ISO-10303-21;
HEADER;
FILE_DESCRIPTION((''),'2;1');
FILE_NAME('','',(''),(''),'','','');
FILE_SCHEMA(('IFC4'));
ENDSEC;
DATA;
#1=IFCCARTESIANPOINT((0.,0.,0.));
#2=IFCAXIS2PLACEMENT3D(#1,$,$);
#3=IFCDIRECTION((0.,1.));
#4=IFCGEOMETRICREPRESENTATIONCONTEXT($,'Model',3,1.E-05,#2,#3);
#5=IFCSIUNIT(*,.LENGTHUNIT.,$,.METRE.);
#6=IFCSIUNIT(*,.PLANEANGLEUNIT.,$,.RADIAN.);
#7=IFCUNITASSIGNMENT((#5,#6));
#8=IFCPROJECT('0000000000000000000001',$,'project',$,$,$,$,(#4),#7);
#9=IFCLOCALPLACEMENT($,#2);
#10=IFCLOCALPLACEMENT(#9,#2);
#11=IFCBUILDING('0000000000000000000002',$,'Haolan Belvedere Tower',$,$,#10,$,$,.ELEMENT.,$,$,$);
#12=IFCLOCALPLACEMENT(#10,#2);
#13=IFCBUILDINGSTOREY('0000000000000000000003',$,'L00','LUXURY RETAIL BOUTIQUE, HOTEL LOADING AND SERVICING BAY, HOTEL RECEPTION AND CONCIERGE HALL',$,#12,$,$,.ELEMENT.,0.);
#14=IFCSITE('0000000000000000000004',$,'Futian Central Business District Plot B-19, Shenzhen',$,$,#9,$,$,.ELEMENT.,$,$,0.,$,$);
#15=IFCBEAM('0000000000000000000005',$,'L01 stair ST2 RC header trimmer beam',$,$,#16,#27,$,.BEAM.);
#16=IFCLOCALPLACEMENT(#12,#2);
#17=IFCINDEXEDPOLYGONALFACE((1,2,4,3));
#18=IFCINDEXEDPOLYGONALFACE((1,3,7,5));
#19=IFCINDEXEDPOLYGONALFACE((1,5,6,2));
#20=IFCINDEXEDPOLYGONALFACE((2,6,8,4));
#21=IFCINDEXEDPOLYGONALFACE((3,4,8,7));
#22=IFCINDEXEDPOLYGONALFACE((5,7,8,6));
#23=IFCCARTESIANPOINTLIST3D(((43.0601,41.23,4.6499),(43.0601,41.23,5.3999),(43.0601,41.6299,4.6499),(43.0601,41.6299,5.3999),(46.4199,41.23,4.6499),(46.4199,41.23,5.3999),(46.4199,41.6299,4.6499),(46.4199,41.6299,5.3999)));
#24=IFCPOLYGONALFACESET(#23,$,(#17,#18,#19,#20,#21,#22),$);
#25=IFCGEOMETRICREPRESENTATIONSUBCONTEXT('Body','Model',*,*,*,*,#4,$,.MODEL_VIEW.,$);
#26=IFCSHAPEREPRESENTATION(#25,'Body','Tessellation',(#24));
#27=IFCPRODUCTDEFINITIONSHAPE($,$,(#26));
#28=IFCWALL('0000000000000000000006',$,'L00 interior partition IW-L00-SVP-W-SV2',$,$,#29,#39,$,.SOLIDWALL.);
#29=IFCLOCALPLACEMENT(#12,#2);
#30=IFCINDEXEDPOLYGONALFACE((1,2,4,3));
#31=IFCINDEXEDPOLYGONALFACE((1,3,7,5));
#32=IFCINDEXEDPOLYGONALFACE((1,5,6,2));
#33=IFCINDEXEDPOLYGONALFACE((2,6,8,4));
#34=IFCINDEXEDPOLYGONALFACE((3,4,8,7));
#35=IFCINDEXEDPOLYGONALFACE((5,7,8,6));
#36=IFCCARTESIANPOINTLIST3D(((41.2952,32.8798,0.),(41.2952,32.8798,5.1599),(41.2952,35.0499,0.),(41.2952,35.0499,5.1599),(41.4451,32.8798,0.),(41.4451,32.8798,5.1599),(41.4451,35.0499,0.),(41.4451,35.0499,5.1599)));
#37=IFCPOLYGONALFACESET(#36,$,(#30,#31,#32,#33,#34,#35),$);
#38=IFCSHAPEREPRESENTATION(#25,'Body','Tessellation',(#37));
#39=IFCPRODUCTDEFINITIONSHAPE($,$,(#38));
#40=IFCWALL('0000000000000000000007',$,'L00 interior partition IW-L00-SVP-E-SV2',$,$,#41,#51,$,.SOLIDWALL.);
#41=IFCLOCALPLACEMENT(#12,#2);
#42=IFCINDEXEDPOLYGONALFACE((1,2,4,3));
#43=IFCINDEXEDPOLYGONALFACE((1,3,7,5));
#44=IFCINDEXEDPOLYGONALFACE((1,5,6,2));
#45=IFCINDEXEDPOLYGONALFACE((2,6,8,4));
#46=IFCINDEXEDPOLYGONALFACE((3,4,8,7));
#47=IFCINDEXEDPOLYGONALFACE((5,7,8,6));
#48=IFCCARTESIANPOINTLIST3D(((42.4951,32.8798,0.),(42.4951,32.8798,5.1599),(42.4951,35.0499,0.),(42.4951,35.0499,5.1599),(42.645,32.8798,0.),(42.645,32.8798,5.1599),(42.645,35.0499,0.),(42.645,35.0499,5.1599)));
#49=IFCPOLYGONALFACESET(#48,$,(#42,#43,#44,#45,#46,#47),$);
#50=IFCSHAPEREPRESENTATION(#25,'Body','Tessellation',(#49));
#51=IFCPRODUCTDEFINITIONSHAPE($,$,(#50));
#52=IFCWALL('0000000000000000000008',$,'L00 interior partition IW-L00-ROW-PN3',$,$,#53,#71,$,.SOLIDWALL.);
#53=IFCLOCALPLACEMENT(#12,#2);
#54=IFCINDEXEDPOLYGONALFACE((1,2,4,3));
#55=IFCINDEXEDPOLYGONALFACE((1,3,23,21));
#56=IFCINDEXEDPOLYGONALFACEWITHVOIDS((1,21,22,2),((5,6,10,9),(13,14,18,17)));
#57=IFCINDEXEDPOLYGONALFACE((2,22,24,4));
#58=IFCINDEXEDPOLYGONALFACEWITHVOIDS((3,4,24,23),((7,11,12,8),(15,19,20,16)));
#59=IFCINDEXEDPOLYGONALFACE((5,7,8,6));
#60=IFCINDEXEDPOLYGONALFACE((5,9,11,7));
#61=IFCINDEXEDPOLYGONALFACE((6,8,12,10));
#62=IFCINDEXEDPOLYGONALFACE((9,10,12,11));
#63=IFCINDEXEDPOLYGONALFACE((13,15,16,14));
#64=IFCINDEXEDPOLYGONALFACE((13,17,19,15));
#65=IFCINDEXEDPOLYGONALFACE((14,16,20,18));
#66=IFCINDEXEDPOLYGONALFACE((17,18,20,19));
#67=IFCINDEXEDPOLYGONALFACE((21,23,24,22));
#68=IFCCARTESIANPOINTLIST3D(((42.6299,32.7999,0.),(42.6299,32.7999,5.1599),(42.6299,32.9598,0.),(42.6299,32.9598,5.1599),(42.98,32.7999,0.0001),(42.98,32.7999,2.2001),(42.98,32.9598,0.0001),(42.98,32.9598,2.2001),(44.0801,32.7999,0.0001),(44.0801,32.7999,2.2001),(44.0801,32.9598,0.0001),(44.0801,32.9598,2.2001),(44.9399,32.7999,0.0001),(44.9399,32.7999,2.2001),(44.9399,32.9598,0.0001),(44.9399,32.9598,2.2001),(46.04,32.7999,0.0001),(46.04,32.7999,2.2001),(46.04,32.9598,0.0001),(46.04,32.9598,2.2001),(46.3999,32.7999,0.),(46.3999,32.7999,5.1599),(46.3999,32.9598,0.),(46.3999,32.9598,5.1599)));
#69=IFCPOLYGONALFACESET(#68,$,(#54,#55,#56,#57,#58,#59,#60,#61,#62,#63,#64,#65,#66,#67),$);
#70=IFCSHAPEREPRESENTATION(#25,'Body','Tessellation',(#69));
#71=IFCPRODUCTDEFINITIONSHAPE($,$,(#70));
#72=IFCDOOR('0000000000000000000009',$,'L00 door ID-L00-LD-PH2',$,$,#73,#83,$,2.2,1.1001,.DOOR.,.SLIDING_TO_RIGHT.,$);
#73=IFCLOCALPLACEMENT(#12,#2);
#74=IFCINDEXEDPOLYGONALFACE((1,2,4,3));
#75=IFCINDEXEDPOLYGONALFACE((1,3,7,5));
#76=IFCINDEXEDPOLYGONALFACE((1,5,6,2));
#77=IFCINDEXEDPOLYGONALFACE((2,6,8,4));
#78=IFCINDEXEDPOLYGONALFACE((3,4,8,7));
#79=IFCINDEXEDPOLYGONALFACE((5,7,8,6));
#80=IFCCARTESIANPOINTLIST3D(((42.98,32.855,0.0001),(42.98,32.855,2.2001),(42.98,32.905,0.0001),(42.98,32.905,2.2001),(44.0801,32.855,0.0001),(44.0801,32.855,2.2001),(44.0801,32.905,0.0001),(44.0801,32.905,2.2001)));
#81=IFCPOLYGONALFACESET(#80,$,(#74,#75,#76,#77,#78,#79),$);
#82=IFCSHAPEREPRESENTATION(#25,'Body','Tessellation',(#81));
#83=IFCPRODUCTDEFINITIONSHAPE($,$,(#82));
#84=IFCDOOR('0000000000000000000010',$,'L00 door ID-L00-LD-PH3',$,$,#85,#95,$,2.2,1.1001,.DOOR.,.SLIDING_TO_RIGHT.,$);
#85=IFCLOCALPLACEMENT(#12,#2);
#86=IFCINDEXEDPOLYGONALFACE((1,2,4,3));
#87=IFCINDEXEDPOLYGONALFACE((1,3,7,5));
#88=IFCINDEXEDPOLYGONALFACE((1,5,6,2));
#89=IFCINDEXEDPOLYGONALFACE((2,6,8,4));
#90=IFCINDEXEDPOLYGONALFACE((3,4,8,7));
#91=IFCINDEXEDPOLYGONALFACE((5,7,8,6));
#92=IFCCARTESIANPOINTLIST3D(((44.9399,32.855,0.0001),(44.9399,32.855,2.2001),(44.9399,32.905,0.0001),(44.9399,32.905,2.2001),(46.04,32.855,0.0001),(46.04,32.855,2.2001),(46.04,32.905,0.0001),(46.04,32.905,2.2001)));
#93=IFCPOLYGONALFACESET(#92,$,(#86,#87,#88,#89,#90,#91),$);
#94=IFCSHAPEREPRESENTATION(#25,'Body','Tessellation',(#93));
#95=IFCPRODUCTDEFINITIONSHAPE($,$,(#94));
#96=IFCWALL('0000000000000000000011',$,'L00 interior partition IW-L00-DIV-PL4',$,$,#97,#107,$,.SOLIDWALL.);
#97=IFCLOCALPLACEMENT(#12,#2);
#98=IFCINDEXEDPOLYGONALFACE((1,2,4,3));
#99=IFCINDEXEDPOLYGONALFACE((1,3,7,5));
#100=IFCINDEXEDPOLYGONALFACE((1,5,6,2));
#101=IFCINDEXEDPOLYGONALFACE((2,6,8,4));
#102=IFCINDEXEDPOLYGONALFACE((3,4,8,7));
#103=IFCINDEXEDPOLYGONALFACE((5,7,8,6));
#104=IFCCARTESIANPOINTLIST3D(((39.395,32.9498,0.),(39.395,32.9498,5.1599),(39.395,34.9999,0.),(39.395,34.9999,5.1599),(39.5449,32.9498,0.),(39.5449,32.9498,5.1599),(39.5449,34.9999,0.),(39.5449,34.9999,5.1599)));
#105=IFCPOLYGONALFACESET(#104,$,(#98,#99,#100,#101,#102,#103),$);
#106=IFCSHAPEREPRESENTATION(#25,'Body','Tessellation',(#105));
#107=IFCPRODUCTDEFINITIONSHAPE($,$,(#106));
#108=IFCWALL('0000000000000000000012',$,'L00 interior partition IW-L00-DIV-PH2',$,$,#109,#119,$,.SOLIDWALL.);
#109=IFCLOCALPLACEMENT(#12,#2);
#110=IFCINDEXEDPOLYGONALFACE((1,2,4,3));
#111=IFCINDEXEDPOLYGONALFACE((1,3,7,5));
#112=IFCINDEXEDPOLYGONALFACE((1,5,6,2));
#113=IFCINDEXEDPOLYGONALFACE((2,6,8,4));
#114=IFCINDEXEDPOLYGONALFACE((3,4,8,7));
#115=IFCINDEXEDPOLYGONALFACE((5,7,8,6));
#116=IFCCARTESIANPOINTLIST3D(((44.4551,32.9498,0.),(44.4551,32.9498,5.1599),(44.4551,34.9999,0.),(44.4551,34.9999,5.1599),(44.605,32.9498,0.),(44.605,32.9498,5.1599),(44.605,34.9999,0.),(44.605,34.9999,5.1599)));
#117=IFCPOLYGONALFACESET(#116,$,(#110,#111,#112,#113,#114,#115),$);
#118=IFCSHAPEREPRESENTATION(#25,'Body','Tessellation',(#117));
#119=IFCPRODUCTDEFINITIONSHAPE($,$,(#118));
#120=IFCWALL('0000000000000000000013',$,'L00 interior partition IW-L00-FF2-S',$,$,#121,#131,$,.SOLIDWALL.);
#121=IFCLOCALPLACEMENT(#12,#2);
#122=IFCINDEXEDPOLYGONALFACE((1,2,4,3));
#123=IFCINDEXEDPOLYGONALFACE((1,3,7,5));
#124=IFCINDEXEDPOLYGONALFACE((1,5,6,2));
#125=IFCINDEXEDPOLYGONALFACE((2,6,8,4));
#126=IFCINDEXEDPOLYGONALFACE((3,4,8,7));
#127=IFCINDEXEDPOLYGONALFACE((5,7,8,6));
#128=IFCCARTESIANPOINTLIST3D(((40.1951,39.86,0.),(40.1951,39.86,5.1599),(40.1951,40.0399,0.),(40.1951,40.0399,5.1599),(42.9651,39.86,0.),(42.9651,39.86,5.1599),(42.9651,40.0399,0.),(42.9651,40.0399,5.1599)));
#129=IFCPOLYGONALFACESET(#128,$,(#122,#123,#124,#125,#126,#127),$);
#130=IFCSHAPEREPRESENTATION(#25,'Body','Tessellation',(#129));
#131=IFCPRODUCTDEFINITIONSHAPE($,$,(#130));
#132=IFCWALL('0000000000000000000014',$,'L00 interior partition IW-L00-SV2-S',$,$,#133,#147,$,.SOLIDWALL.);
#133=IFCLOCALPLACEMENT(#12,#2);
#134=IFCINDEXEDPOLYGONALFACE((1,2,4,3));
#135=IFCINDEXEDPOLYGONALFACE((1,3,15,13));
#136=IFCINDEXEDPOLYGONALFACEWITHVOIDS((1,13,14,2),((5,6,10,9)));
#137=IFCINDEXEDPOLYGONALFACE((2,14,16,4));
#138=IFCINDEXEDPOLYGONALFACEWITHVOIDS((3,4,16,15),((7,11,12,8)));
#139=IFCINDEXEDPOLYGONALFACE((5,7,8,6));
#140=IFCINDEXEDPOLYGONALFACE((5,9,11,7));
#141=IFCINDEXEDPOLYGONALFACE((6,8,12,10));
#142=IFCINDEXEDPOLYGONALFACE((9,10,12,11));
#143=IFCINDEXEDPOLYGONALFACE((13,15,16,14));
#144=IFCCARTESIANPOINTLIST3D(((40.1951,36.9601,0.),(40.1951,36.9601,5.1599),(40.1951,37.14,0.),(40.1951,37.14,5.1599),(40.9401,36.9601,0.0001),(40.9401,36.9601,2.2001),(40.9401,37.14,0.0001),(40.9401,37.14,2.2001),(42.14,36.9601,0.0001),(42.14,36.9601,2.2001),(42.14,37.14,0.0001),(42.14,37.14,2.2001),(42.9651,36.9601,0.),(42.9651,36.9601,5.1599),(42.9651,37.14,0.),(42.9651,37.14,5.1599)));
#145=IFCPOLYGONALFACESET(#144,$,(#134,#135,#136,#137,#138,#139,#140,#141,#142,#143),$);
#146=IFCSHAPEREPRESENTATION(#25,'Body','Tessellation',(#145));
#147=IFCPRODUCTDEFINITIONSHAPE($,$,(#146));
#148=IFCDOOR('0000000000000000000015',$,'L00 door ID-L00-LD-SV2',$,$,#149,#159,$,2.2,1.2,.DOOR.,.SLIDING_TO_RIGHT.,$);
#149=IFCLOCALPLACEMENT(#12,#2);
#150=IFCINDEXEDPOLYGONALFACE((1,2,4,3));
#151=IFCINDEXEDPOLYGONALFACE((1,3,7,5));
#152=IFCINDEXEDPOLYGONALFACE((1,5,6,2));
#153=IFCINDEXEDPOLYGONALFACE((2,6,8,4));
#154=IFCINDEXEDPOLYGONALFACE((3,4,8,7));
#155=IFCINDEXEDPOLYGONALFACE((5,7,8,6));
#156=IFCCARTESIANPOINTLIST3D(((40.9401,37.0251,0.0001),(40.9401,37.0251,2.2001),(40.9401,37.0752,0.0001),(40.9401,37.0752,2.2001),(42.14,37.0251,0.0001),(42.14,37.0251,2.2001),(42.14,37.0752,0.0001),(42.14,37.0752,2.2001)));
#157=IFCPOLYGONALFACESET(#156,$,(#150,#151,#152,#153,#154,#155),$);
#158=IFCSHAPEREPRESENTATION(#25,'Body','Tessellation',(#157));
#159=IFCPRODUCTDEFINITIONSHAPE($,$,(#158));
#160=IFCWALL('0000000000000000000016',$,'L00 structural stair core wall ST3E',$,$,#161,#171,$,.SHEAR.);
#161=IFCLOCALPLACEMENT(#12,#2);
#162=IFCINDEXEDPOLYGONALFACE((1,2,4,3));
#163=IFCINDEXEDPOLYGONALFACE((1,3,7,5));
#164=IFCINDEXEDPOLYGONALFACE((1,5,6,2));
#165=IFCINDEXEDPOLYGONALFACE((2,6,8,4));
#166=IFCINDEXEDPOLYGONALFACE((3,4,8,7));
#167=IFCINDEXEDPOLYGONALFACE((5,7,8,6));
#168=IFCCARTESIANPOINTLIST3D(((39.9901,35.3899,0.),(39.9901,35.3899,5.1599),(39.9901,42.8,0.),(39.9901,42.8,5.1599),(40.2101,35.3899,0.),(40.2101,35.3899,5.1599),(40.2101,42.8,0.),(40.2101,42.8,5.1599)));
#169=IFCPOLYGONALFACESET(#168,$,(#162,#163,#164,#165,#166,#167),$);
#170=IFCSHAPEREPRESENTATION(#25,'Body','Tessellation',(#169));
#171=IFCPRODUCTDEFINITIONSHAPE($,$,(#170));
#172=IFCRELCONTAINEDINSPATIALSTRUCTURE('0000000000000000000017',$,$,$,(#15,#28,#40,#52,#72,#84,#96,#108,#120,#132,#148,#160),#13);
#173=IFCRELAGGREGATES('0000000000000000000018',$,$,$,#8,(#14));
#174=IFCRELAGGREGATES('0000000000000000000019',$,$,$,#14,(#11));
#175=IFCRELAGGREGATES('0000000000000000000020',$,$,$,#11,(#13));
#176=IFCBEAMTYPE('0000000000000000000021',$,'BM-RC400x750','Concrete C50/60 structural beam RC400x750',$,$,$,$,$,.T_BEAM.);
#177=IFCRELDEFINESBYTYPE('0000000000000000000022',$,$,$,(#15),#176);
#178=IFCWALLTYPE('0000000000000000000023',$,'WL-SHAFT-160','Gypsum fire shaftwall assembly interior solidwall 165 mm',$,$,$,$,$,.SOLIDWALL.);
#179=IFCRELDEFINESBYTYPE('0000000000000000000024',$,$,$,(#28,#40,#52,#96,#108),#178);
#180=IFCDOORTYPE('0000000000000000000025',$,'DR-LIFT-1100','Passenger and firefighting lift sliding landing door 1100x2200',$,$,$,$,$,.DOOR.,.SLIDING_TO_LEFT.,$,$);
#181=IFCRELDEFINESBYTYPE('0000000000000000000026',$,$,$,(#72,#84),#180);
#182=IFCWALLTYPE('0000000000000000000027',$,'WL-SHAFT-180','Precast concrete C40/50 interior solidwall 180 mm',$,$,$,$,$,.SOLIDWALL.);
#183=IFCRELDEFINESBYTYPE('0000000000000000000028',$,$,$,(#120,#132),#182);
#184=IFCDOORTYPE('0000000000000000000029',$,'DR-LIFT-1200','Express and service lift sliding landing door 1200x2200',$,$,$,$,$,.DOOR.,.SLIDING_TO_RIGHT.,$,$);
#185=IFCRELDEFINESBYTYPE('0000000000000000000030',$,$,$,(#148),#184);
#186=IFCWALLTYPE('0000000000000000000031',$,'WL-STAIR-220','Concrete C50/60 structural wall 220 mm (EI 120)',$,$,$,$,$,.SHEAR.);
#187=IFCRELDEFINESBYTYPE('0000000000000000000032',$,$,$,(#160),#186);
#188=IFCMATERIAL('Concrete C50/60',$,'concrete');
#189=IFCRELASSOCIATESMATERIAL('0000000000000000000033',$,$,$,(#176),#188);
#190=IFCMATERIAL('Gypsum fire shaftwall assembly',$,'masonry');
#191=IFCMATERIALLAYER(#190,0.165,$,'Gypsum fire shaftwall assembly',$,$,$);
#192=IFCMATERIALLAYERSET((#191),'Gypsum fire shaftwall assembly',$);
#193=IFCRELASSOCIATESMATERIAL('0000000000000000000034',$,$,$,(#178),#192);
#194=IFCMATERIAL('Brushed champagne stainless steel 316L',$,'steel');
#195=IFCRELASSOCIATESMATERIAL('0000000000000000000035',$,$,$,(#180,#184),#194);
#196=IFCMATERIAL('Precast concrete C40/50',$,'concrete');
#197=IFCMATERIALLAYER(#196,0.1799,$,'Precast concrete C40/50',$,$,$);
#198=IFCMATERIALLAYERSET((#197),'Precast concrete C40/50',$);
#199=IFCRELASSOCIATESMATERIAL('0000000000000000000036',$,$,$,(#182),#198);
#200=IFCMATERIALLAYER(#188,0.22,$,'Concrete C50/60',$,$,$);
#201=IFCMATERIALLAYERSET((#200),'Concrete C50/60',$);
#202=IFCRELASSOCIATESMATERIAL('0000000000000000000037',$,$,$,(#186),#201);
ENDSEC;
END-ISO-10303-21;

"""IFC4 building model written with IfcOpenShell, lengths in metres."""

from ifc_helpers import new_model, si_unit, direction, frame, frame_2d, origin, origin_2d, place, context, subcontext, project, spatial, rectangle, extrude, material, layer, layer_set, material_profile, profile_set, type_object, element, fill, save


model = new_model("IFC4")

# Units and contexts
model_context = context("Model", 3, precision=1e-05, world=origin(), true_north=direction((0.0, 1.0)))
body_context = subcontext(model_context, "Body", "Model", "MODEL_VIEW")
ifc_project = project(units=[si_unit("LENGTHUNIT", "METRE"), si_unit("PLANEANGLEUNIT", "RADIAN")], contexts=[model_context])

# Site, building, storey
site_placement = place(None, origin())
site = spatial("IfcSite", under=ifc_project, at=site_placement, Name="Futian Central Business District Plot B-19, Shenzhen", CompositionType="ELEMENT", RefElevation=0.0)
building_placement = place(site_placement, origin())
building = spatial("IfcBuilding", under=site, at=building_placement, Name="Haolan Belvedere Tower", CompositionType="ELEMENT")
storey_placement = place(building_placement, origin())
storey = spatial("IfcBuildingStorey", under=building, at=storey_placement, Name="L00", Description="LUXURY RETAIL BOUTIQUE, HOTEL LOADING AND SERVICING BAY, HOTEL RECEPTION AND CONCIERGE HALL", CompositionType="ELEMENT", Elevation=0.0)

# Beam
ifc_material_1 = material(Name="Concrete C50/60", Category="concrete")
ifc_material_profile = material_profile(ifc_material_1, rectangle(XDim=0.3999, YDim=0.75, at=origin_2d()), Name="Concrete C50/60")
ifc_profile_set = profile_set([ifc_material_profile], Name="Concrete C50/60")
beam_type = type_object("IfcBeamType", Name="BM-RC400x750", Description="Concrete C50/60 structural beam RC400x750", PredefinedType="T_BEAM", material=ifc_profile_set)
beam_placement = place(storey_placement, frame((43.0601, 41.4299, 5.0249), z_axis=(1.0, 0.0, 0.0), x_axis=(0.0, 1.0, 0.0)))
element("IfcBeam", 1, at=beam_placement, inside=storey, type_object=beam_type, Name="L01 stair ST2 RC header trimmer beam", PredefinedType="BEAM", context=body_context, shape_type="SweptSolid", body=[
    extrude(rectangle(XDim=0.3999, YDim=0.75, at=origin_2d()), origin(), (0.0, 0.0, 1.0), 3.3599),
])

# Walls
ifc_material_2 = material(Name="Gypsum fire shaftwall assembly", Category="masonry")
ifc_layer_1 = layer(ifc_material_2, 0.165, Name="Gypsum fire shaftwall assembly")
ifc_layer_set_1 = layer_set([ifc_layer_1], Name="Gypsum fire shaftwall assembly")
wall_type_1 = type_object("IfcWallType", Name="WL-SHAFT-160", Description="Gypsum fire shaftwall assembly interior solidwall 165 mm", PredefinedType="SOLIDWALL", material=ifc_layer_set_1)
for number, where, z_axis, x_axis, name in (
    (2, (41.3701, 32.8799, 0.0), (0.0, 0.0, 1.0), (0.0, 1.0, 0.0), "L00 interior partition IW-L00-SVP-W-SV2"),
    (3, (42.5701, 32.8799, 0.0), (0.0, 0.0, 1.0), (0.0, 1.0, 0.0), "L00 interior partition IW-L00-SVP-E-SV2"),
):
    element("IfcWall", number, at=place(storey_placement, frame(where, z_axis=z_axis, x_axis=x_axis)), inside=storey, type_object=wall_type_1, Name=name, PredefinedType="SOLIDWALL", context=body_context, shape_type="SweptSolid", body=[
        extrude(rectangle(XDim=2.1702, YDim=0.1499, at=frame_2d((1.085, 0.0))), origin(), (0.0, 0.0, 1.0), 5.1599),
    ])

# Wall, openings, doors
wall_1_placement = place(storey_placement, frame((42.6299, 32.8799, 0.0), z_axis=(0.0, 0.0, 1.0), x_axis=(1.0, 0.0, 0.0)))
wall_1 = element("IfcWall", 4, at=wall_1_placement, inside=storey, type_object=wall_type_1, Name="L00 interior partition IW-L00-ROW-PN3", PredefinedType="SOLIDWALL", context=body_context, shape_type="SweptSolid", body=[
    extrude(rectangle(XDim=3.77, YDim=0.1599, at=frame_2d((1.885, 0.0))), origin(), (0.0, 0.0, 1.0), 5.1599),
])
opening_1_placement = place(wall_1_placement, frame((1.4502, 0.0, 0.0), z_axis=(0.0, 0.0, 1.0), x_axis=(-1.0, 0.0, 0.0)))
opening_1 = element("IfcOpeningElement", 5, at=opening_1_placement, cuts=wall_1, PredefinedType="OPENING", context=body_context, shape_type="SweptSolid", body=[
    extrude(rectangle(XDim=1.1001, YDim=2.2, at=frame_2d((0.55, 1.1001))), frame((0.0, 0.0898, 0.0), z_axis=(0.0, -1.0, 0.0), x_axis=(1.0, 0.0, 0.0)), (0.0, 0.0, 1.0), 0.1799),
])
opening_2_placement = place(wall_1_placement, frame((3.4102, 0.0, 0.0), z_axis=(0.0, 0.0, 1.0), x_axis=(-1.0, 0.0, 0.0)))
opening_2 = element("IfcOpeningElement", 6, at=opening_2_placement, cuts=wall_1, PredefinedType="OPENING", context=body_context, shape_type="SweptSolid", body=[
    extrude(rectangle(XDim=1.1001, YDim=2.2, at=frame_2d((0.55, 1.1001))), frame((0.0, 0.0898, 0.0), z_axis=(0.0, -1.0, 0.0), x_axis=(1.0, 0.0, 0.0)), (0.0, 0.0, 1.0), 0.1799),
])
ifc_material_3 = material(Name="Brushed champagne stainless steel 316L", Category="steel")
door_type_1 = type_object("IfcDoorType", Name="DR-LIFT-1100", Description="Passenger and firefighting lift sliding landing door 1100x2200", OperationType="SLIDING_TO_LEFT", PredefinedType="DOOR", material=ifc_material_3)
door_1_placement = place(opening_1_placement, origin())
door_1 = element("IfcDoor", 7, at=door_1_placement, inside=storey, type_object=door_type_1, Name="L00 door ID-L00-LD-PH2", OperationType="SLIDING_TO_RIGHT", OverallHeight=2.2, OverallWidth=1.1001, PredefinedType="DOOR", context=body_context, shape_type="SweptSolid", body=[
    extrude(rectangle(XDim=1.1001, YDim=2.2, at=frame_2d((0.55, 1.1001))), frame((0.0, 0.0249, 0.0), z_axis=(0.0, -1.0, 0.0), x_axis=(1.0, 0.0, 0.0)), (0.0, 0.0, 1.0), 0.05),
])
fill(opening_1, door_1)
door_2_placement = place(opening_2_placement, origin())
door_2 = element("IfcDoor", 8, at=door_2_placement, inside=storey, type_object=door_type_1, Name="L00 door ID-L00-LD-PH3", OperationType="SLIDING_TO_RIGHT", OverallHeight=2.2, OverallWidth=1.1001, PredefinedType="DOOR", context=body_context, shape_type="SweptSolid", body=[
    extrude(rectangle(XDim=1.1001, YDim=2.2, at=frame_2d((0.55, 1.1001))), frame((0.0, 0.0249, 0.0), z_axis=(0.0, -1.0, 0.0), x_axis=(1.0, 0.0, 0.0)), (0.0, 0.0, 1.0), 0.05),
])
fill(opening_2, door_2)

# Walls
for number, where, z_axis, x_axis, name in (
    (9, (39.47, 32.95, 0.0), (0.0, 0.0, 1.0), (0.0, 1.0, 0.0), "L00 interior partition IW-L00-DIV-PL4"),
    (10, (44.53, 32.95, 0.0), (0.0, 0.0, 1.0), (0.0, 1.0, 0.0), "L00 interior partition IW-L00-DIV-PH2"),
):
    element("IfcWall", number, at=place(storey_placement, frame(where, z_axis=z_axis, x_axis=x_axis)), inside=storey, type_object=wall_type_1, Name=name, PredefinedType="SOLIDWALL", context=body_context, shape_type="SweptSolid", body=[
        extrude(rectangle(XDim=2.05, YDim=0.1499, at=frame_2d((1.0249, 0.0))), origin(), (0.0, 0.0, 1.0), 5.1599),
    ])
ifc_material_4 = material(Name="Precast concrete C40/50", Category="concrete")
ifc_layer_2 = layer(ifc_material_4, 0.1799, Name="Precast concrete C40/50")
ifc_layer_set_2 = layer_set([ifc_layer_2], Name="Precast concrete C40/50")
wall_type_2 = type_object("IfcWallType", Name="WL-SHAFT-180", Description="Precast concrete C40/50 interior solidwall 180 mm", PredefinedType="SOLIDWALL", material=ifc_layer_set_2)
wall_2_placement = place(storey_placement, frame((40.1951, 39.95, 0.0), z_axis=(0.0, 0.0, 1.0), x_axis=(1.0, 0.0, 0.0)))
element("IfcWall", 11, at=wall_2_placement, inside=storey, type_object=wall_type_2, Name="L00 interior partition IW-L00-FF2-S", PredefinedType="SOLIDWALL", context=body_context, shape_type="SweptSolid", body=[
    extrude(rectangle(XDim=2.77, YDim=0.1799, at=frame_2d((1.385, 0.0))), origin(), (0.0, 0.0, 1.0), 5.1599),
])

# Wall, opening, door
wall_3_placement = place(storey_placement, frame((40.1951, 37.05, 0.0), z_axis=(0.0, 0.0, 1.0), x_axis=(1.0, 0.0, 0.0)))
wall_3 = element("IfcWall", 12, at=wall_3_placement, inside=storey, type_object=wall_type_2, Name="L00 interior partition IW-L00-SV2-S", PredefinedType="SOLIDWALL", context=body_context, shape_type="SweptSolid", body=[
    extrude(rectangle(XDim=2.77, YDim=0.1799, at=frame_2d((1.385, 0.0))), origin(), (0.0, 0.0, 1.0), 5.1599),
])
opening_3_placement = place(wall_3_placement, frame((1.9451, 0.0, 0.0), z_axis=(0.0, 0.0, 1.0), x_axis=(-1.0, 0.0, 0.0)))
opening_3 = element("IfcOpeningElement", 13, at=opening_3_placement, cuts=wall_3, PredefinedType="OPENING", context=body_context, shape_type="SweptSolid", body=[
    extrude(rectangle(XDim=1.2, YDim=2.2, at=frame_2d((0.6001, 1.1001))), frame((0.0, 0.0999, 0.0), z_axis=(0.0, -1.0, 0.0), x_axis=(1.0, 0.0, 0.0)), (0.0, 0.0, 1.0), 0.2),
])
door_type_2 = type_object("IfcDoorType", Name="DR-LIFT-1200", Description="Express and service lift sliding landing door 1200x2200", OperationType="SLIDING_TO_RIGHT", PredefinedType="DOOR", material=ifc_material_3)
door_3_placement = place(opening_3_placement, origin())
door_3 = element("IfcDoor", 14, at=door_3_placement, inside=storey, type_object=door_type_2, Name="L00 door ID-L00-LD-SV2", OperationType="SLIDING_TO_RIGHT", OverallHeight=2.2, OverallWidth=1.2, PredefinedType="DOOR", context=body_context, shape_type="SweptSolid", body=[
    extrude(rectangle(XDim=1.2, YDim=2.2, at=frame_2d((0.6001, 1.1001))), frame((0.0, 0.0249, 0.0), z_axis=(0.0, -1.0, 0.0), x_axis=(1.0, 0.0, 0.0)), (0.0, 0.0, 1.0), 0.05),
])
fill(opening_3, door_3)

# Wall
ifc_layer_3 = layer(ifc_material_1, 0.22, Name="Concrete C50/60")
ifc_layer_set_3 = layer_set([ifc_layer_3], Name="Concrete C50/60")
wall_type_3 = type_object("IfcWallType", Name="WL-STAIR-220", Description="Concrete C50/60 structural wall 220 mm (EI 120)", PredefinedType="SHEAR", material=ifc_layer_set_3)
for number, where, z_axis, x_axis, name in (
    (15, (40.1001, 35.3899, 0.0), (0.0, 0.0, 1.0), (0.0, 1.0, 0.0), "L00 structural stair core wall ST3E"),
):
    element("IfcWall", number, at=place(storey_placement, frame(where, z_axis=z_axis, x_axis=x_axis)), inside=storey, type_object=wall_type_3, Name=name, PredefinedType="SHEAR", context=body_context, shape_type="SweptSolid", body=[
        extrude(rectangle(XDim=7.4102, YDim=0.22, at=frame_2d((3.7051, 0.0))), origin(), (0.0, 0.0, 1.0), 5.1599),
    ])

save(model, "model.ifc")
